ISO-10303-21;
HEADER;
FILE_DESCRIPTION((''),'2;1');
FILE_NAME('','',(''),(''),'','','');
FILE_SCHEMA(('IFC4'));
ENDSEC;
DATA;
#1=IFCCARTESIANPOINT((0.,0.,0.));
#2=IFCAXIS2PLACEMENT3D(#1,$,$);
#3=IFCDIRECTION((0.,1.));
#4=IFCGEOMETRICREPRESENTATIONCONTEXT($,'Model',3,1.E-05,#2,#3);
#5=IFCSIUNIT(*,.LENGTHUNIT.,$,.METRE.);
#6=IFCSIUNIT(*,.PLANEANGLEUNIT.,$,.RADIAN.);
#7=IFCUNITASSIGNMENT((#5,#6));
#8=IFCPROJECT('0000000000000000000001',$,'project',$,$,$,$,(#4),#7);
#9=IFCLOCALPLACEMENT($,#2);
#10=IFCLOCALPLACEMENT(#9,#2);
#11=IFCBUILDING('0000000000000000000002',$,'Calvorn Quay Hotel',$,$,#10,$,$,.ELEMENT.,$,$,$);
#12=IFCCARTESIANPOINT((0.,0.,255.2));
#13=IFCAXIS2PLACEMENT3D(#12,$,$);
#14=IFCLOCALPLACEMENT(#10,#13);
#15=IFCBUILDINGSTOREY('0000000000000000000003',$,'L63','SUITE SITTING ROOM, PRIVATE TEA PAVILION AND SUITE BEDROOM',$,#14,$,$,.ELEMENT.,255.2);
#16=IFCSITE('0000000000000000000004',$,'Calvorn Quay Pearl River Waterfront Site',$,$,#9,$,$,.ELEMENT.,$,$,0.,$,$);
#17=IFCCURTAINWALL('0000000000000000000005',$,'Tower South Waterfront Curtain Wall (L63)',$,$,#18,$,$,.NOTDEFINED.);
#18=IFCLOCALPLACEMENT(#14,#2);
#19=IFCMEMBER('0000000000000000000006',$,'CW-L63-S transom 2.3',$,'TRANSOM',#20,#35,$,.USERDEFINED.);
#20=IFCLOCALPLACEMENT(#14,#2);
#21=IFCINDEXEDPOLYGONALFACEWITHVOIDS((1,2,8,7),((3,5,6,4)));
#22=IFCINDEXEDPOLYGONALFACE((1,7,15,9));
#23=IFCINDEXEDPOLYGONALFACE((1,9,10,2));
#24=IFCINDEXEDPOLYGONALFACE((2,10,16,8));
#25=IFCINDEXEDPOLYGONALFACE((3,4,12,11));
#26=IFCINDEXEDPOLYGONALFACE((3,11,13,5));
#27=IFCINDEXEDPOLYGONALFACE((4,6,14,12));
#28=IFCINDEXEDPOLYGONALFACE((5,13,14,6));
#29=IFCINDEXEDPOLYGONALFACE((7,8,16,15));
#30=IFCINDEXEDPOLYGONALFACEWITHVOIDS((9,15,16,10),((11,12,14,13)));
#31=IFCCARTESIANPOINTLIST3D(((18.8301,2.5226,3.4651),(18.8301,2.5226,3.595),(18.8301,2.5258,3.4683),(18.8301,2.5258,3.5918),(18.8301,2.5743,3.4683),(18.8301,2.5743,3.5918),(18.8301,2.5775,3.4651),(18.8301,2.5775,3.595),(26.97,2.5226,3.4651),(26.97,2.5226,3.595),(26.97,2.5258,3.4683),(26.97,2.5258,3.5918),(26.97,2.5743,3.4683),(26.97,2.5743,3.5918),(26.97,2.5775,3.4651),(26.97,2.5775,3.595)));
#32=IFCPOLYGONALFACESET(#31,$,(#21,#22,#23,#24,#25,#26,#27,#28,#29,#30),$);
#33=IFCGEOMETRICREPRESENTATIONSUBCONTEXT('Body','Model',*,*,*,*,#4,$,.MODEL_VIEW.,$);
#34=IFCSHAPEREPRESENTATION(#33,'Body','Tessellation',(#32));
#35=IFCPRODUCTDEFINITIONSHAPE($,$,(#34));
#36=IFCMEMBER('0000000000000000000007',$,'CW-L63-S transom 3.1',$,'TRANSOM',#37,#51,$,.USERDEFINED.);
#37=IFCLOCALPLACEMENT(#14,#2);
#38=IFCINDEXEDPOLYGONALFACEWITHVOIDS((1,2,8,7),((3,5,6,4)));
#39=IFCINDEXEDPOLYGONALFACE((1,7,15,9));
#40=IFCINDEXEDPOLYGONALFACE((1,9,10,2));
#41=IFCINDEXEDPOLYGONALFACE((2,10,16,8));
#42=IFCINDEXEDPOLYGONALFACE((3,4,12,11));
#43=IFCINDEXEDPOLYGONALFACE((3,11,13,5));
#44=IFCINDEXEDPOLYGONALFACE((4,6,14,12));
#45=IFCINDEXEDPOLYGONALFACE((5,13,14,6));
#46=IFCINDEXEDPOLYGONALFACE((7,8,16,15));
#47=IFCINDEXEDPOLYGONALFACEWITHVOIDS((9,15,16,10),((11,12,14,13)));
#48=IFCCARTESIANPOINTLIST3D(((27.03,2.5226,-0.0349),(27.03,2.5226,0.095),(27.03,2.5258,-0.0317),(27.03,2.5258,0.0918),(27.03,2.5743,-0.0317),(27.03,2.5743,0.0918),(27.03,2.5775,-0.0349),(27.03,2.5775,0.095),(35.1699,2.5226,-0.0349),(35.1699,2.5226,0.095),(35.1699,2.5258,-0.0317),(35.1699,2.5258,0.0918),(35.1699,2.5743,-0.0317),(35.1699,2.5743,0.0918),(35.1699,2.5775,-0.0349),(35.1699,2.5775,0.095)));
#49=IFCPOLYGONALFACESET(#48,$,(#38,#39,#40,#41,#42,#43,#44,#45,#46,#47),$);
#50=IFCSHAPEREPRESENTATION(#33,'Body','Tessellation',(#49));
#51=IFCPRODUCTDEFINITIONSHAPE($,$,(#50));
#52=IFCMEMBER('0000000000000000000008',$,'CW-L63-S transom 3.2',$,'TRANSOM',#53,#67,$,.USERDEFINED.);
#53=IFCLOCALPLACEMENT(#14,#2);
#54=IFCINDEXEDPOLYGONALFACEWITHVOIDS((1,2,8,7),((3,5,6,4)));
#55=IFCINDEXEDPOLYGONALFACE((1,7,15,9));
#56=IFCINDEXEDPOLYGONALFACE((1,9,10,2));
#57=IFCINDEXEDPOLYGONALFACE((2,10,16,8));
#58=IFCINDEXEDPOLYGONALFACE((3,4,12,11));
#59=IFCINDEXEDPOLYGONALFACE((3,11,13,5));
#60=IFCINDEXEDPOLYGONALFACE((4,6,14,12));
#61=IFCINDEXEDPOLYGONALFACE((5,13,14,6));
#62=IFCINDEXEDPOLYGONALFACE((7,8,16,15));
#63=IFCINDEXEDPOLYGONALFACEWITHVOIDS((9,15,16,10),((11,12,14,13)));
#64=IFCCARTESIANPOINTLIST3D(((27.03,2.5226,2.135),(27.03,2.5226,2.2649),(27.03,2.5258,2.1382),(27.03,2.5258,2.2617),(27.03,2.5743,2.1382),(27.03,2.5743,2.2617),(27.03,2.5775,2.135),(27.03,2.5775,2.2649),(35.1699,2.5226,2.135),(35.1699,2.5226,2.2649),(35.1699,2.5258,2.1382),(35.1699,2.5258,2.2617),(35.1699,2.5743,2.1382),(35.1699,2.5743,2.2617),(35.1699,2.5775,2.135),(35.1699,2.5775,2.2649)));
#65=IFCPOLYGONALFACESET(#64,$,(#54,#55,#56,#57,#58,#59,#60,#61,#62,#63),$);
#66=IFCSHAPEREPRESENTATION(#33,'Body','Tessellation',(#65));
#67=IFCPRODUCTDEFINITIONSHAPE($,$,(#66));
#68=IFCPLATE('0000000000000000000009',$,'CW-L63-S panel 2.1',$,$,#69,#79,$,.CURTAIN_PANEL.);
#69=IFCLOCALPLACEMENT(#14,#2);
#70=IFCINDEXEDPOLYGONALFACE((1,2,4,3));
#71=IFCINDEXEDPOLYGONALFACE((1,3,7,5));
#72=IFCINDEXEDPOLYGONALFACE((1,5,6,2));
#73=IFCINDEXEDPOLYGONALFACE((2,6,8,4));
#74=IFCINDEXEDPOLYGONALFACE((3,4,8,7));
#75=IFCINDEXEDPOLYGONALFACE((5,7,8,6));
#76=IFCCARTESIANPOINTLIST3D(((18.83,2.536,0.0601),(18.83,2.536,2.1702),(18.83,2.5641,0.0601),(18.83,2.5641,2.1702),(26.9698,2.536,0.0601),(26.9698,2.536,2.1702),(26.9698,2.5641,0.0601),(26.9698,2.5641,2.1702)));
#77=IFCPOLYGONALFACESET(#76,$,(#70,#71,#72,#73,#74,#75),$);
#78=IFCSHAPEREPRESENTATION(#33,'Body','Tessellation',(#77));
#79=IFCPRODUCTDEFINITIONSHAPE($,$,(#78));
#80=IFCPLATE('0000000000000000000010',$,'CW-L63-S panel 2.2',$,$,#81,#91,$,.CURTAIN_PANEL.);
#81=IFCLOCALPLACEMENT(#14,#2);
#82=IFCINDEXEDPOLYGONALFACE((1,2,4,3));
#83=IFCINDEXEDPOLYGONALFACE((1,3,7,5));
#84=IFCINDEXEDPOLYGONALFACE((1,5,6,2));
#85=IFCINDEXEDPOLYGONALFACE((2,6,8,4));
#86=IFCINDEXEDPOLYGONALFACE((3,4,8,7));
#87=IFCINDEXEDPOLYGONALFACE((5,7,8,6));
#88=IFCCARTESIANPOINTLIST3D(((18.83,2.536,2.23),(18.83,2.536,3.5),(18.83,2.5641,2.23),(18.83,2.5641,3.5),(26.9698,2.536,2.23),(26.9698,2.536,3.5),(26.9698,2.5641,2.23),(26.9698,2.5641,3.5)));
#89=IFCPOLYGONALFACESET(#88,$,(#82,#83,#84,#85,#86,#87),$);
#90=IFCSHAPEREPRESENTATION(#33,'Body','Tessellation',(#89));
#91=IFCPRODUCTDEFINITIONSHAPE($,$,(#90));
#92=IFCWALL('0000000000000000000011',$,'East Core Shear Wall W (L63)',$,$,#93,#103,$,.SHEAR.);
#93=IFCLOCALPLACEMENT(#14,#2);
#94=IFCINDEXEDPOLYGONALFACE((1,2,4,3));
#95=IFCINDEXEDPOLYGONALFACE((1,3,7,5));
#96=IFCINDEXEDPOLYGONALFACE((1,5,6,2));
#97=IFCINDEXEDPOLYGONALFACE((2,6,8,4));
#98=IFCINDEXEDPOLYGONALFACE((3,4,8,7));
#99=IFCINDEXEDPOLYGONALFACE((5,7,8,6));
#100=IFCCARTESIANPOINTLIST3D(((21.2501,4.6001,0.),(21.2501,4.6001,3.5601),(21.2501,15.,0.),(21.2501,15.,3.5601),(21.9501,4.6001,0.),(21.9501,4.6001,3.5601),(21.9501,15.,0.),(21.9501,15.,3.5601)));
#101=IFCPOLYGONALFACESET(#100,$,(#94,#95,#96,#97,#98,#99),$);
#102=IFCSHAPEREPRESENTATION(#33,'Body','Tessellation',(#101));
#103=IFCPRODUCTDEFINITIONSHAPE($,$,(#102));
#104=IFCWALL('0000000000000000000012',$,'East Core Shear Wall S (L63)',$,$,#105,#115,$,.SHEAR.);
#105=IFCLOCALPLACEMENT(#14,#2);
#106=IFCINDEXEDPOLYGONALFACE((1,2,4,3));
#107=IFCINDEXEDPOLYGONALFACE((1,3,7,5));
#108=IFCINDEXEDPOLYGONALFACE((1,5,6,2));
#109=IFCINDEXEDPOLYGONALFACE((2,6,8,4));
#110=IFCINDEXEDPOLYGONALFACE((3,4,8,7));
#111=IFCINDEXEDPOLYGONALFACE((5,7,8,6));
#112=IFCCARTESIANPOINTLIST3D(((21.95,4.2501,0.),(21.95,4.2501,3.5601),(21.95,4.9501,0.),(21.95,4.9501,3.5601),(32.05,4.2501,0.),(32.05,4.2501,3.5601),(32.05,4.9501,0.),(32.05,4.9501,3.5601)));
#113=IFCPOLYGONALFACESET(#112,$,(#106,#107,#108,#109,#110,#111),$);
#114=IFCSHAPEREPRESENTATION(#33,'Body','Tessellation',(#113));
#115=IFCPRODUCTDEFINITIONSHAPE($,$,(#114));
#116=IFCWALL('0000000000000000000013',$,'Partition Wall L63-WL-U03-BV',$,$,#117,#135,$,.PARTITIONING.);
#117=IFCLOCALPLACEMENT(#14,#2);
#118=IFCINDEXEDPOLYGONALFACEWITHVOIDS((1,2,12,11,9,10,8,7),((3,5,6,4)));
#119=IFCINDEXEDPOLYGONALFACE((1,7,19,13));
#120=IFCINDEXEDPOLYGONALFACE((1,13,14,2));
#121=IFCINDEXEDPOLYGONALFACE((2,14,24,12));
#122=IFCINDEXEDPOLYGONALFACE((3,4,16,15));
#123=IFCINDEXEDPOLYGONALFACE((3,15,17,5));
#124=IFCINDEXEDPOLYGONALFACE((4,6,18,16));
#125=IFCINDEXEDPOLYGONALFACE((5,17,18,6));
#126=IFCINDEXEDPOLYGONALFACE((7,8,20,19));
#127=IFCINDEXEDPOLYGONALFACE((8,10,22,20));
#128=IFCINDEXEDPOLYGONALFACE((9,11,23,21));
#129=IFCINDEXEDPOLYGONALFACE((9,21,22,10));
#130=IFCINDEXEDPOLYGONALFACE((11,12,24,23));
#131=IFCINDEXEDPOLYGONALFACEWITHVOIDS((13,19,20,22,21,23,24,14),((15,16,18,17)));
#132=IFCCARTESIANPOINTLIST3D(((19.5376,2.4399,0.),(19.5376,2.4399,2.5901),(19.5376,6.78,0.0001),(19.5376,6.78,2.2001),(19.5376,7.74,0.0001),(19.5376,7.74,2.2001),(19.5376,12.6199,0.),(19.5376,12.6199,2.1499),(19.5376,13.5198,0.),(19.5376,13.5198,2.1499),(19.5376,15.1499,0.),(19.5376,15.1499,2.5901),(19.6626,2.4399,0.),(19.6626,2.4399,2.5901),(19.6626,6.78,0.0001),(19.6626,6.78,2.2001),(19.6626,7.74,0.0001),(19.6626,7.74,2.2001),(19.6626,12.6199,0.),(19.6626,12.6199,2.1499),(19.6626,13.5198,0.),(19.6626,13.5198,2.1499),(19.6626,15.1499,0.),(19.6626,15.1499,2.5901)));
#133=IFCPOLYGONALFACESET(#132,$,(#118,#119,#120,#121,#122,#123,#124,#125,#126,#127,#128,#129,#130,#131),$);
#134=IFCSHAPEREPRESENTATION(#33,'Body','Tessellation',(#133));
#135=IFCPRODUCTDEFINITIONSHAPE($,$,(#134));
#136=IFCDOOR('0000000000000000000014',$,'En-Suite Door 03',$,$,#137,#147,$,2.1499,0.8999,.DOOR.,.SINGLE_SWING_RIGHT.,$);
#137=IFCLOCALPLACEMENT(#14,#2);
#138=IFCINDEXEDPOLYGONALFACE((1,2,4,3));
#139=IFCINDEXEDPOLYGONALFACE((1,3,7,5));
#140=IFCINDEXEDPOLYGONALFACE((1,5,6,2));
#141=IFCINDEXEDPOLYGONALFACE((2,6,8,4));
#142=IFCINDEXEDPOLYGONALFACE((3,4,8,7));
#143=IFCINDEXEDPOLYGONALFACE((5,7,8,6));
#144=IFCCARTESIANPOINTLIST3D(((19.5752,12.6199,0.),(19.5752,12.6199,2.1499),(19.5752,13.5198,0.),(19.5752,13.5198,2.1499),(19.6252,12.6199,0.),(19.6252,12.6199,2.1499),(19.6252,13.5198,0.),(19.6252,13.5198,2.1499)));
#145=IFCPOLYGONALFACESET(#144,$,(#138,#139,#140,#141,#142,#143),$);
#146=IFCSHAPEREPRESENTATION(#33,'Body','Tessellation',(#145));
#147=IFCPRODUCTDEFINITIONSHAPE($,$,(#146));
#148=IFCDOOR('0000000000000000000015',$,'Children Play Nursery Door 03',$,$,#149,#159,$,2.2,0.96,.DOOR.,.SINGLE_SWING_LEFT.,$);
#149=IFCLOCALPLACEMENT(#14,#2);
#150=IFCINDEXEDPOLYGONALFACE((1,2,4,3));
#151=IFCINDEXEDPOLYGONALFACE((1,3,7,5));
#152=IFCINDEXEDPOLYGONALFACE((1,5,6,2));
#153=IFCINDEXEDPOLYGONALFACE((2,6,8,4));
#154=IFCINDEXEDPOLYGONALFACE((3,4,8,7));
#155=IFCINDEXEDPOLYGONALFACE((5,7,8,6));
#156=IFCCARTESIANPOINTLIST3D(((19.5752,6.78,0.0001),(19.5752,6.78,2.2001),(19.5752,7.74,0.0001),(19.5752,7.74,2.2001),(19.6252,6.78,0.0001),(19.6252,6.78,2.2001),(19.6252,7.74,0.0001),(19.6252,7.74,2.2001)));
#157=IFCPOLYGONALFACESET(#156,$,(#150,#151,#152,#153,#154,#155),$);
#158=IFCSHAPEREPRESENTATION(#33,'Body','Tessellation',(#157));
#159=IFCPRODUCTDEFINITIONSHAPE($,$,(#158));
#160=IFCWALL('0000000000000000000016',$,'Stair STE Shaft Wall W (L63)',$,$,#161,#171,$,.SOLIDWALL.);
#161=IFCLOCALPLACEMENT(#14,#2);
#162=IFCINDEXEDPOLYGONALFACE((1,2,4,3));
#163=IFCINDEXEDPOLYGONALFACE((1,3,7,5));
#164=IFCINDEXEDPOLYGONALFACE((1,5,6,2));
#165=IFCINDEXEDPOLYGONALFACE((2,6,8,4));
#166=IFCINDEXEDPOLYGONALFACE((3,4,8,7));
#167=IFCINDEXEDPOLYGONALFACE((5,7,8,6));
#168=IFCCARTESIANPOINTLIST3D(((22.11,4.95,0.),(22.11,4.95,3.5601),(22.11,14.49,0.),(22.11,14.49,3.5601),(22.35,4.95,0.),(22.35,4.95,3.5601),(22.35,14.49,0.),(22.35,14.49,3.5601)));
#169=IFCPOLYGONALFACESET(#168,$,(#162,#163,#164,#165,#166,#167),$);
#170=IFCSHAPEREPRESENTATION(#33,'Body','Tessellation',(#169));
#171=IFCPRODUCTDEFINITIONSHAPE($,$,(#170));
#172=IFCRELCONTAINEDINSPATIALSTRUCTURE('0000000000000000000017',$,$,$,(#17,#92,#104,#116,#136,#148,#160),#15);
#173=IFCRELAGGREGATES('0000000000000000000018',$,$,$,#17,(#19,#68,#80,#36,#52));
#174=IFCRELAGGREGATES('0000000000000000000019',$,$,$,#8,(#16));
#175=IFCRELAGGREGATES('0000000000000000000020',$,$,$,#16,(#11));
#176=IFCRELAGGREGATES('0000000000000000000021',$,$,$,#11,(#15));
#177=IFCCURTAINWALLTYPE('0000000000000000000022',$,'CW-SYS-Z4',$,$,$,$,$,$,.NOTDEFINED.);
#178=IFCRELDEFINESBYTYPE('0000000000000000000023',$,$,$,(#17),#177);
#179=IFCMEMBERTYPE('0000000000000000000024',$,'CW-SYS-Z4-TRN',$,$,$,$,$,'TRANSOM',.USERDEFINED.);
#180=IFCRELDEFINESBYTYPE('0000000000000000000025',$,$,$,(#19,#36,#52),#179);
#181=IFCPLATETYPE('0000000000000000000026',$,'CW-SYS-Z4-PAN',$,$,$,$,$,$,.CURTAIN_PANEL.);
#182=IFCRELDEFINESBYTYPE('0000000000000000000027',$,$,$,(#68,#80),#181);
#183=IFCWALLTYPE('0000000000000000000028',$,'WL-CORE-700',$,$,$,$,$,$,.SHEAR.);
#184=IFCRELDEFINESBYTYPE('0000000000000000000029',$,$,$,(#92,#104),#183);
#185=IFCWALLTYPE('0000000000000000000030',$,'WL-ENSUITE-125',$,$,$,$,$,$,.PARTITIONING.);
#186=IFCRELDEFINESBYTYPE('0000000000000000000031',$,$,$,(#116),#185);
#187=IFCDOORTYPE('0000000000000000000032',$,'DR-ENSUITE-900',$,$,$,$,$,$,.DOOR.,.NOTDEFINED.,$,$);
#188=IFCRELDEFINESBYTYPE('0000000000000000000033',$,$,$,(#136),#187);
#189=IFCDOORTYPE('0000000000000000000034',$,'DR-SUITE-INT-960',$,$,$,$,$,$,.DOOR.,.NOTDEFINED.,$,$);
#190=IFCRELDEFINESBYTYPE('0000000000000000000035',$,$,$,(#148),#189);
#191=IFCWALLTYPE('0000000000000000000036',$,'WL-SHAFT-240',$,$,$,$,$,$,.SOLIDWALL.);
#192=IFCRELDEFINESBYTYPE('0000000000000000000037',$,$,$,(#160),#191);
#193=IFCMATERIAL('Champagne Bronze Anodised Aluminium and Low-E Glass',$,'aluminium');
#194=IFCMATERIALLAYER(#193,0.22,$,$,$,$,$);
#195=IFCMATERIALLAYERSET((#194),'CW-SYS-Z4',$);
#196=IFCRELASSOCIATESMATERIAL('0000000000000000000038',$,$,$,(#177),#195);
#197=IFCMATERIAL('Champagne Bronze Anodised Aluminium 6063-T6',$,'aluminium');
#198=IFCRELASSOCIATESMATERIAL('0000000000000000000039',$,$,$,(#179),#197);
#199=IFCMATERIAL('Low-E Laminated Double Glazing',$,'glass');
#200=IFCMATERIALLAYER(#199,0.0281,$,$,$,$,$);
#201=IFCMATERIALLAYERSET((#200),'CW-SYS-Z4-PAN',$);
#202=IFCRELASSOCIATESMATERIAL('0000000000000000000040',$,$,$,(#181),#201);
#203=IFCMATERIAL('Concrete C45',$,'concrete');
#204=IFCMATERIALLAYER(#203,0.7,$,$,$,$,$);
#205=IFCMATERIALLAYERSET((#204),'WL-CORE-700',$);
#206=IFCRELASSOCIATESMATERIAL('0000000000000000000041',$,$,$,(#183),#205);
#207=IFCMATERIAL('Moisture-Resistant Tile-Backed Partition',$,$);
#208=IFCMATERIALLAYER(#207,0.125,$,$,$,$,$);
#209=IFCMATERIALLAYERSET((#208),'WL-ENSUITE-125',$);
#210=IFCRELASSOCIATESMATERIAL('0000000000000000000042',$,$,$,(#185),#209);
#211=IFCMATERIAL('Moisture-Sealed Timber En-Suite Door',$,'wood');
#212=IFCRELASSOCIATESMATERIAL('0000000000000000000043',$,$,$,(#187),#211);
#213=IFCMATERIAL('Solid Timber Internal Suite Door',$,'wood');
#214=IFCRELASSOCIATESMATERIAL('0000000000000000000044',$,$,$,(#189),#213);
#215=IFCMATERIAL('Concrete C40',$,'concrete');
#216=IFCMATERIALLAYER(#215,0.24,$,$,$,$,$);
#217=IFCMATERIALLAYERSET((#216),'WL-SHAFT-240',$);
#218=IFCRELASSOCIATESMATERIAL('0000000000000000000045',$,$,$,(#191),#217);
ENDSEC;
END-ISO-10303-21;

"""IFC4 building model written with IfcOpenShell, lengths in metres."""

from ifc_helpers import new_model, si_unit, direction, frame, frame_2d, origin, origin_2d, place, context, subcontext, project, spatial, rectangle, hollow_rectangle, extrude, material, layer, layer_set, material_profile, profile_set, type_object, element, fill, aggregate, save


model = new_model("IFC4")

# Units and contexts
model_context = context("Model", 3, precision=1e-05, world=origin(), true_north=direction((0.0, 1.0)))
body_context = subcontext(model_context, "Body", "Model", "MODEL_VIEW")
ifc_project = project(units=[si_unit("LENGTHUNIT", "METRE"), si_unit("PLANEANGLEUNIT", "RADIAN")], contexts=[model_context])

# Site, building, storey
site_placement = place(None, origin())
site = spatial("IfcSite", under=ifc_project, at=site_placement, Name="Calvorn Quay Pearl River Waterfront Site", CompositionType="ELEMENT", RefElevation=0.0)
building_placement = place(site_placement, origin())
building = spatial("IfcBuilding", under=site, at=building_placement, Name="Calvorn Quay Hotel", CompositionType="ELEMENT")
storey_placement = place(building_placement, frame((0.0, 0.0, 255.2)))
storey = spatial("IfcBuildingStorey", under=building, at=storey_placement, Name="L63", Description="SUITE SITTING ROOM, PRIVATE TEA PAVILION AND SUITE BEDROOM", CompositionType="ELEMENT", Elevation=255.2)

# Curtain wall, members, plates
ifc_material_1 = material(Name="Champagne Bronze Anodised Aluminium and Low-E Glass", Category="aluminium")
ifc_layer_1 = layer(ifc_material_1, 0.22)
ifc_layer_set_1 = layer_set([ifc_layer_1], Name="CW-SYS-Z4")
curtain_wall_type = type_object("IfcCurtainWallType", Name="CW-SYS-Z4", PredefinedType="NOTDEFINED", material=ifc_layer_set_1)
curtain_wall_placement = place(storey_placement, origin())
curtain_wall = element("IfcCurtainWall", 1, at=curtain_wall_placement, inside=storey, type_object=curtain_wall_type, Name="Tower South Waterfront Curtain Wall (L63)", PredefinedType="NOTDEFINED")
ifc_material_2 = material(Name="Champagne Bronze Anodised Aluminium 6063-T6", Category="aluminium")
ifc_material_profile_1 = material_profile(ifc_material_2, hollow_rectangle(XDim=0.0549, YDim=0.1299, WallThickness=0.0032, at=origin_2d()), Name="ALU-T130x55x3.2")
ifc_profile_set_1 = profile_set([ifc_material_profile_1], Name="Champagne Bronze Anodised Aluminium 6063-T6")
member_type_1 = type_object("IfcMemberType", Name="CW-SYS-Z4-TRN", ElementType="TRANSOM", PredefinedType="USERDEFINED", material=ifc_profile_set_1)
member_1_placement = place(storey_placement, frame((18.8301, 2.55, 3.53), z_axis=(1.0, 0.0, 0.0), x_axis=(0.0, 1.0, 0.0)))
member_1 = element("IfcMember", 2, at=member_1_placement, type_object=member_type_1, Name="CW-L63-S transom 2.3", ObjectType="TRANSOM", PredefinedType="USERDEFINED", context=body_context, shape_type="SweptSolid", body=[
    extrude(hollow_rectangle(XDim=0.0549, YDim=0.1299, WallThickness=0.0032, at=origin_2d()), origin(), (0.0, 0.0, 1.0), 8.1399),
])
member_2_placement = place(storey_placement, frame((27.03, 2.55, 0.03), z_axis=(1.0, 0.0, 0.0), x_axis=(0.0, 1.0, 0.0)))
member_2 = element("IfcMember", 3, at=member_2_placement, type_object=member_type_1, Name="CW-L63-S transom 3.1", ObjectType="TRANSOM", PredefinedType="USERDEFINED", context=body_context, shape_type="SweptSolid", body=[
    extrude(hollow_rectangle(XDim=0.0549, YDim=0.1299, WallThickness=0.0032, at=origin_2d()), origin(), (0.0, 0.0, 1.0), 8.1399),
])
member_3_placement = place(storey_placement, frame((27.03, 2.55, 2.2), z_axis=(1.0, 0.0, 0.0), x_axis=(0.0, 1.0, 0.0)))
member_3 = element("IfcMember", 4, at=member_3_placement, type_object=member_type_1, Name="CW-L63-S transom 3.2", ObjectType="TRANSOM", PredefinedType="USERDEFINED", context=body_context, shape_type="SweptSolid", body=[
    extrude(hollow_rectangle(XDim=0.0549, YDim=0.1299, WallThickness=0.0032, at=origin_2d()), origin(), (0.0, 0.0, 1.0), 8.1399),
])
ifc_material_3 = material(Name="Low-E Laminated Double Glazing", Category="glass")
ifc_layer_2 = layer(ifc_material_3, 0.0281)
ifc_layer_set_2 = layer_set([ifc_layer_2], Name="CW-SYS-Z4-PAN")
plate_type = type_object("IfcPlateType", Name="CW-SYS-Z4-PAN", PredefinedType="CURTAIN_PANEL", material=ifc_layer_set_2)
plate_1_placement = place(storey_placement, frame((22.8999, 2.55, 0.0601), z_axis=(0.0, 0.0, 1.0), x_axis=(1.0, 0.0, 0.0)))
plate_1 = element("IfcPlate", 5, at=plate_1_placement, type_object=plate_type, Name="CW-L63-S panel 2.1", PredefinedType="CURTAIN_PANEL", context=body_context, shape_type="SweptSolid", body=[
    extrude(rectangle(XDim=8.1399, YDim=0.0281, at=origin_2d()), origin(), (0.0, 0.0, 1.0), 2.1101),
])
plate_2_placement = place(storey_placement, frame((22.8999, 2.55, 2.23), z_axis=(0.0, 0.0, 1.0), x_axis=(1.0, 0.0, 0.0)))
plate_2 = element("IfcPlate", 6, at=plate_2_placement, type_object=plate_type, Name="CW-L63-S panel 2.2", PredefinedType="CURTAIN_PANEL", context=body_context, shape_type="SweptSolid", body=[
    extrude(rectangle(XDim=8.1399, YDim=0.0281, at=origin_2d()), origin(), (0.0, 0.0, 1.0), 1.27),
])
aggregate(curtain_wall, [member_1, plate_1, plate_2, member_2, member_3])

# Walls
ifc_material_4 = material(Name="Concrete C45", Category="concrete")
ifc_layer_3 = layer(ifc_material_4, 0.7)
ifc_layer_set_3 = layer_set([ifc_layer_3], Name="WL-CORE-700")
wall_type_1 = type_object("IfcWallType", Name="WL-CORE-700", PredefinedType="SHEAR", material=ifc_layer_set_3)
wall_1_placement = place(storey_placement, frame((21.6001, 4.6001, 0.0), z_axis=(0.0, 0.0, 1.0), x_axis=(0.0, 1.0, 0.0)))
element("IfcWall", 7, at=wall_1_placement, inside=storey, type_object=wall_type_1, Name="East Core Shear Wall W (L63)", PredefinedType="SHEAR", context=body_context, shape_type="SweptSolid", body=[
    extrude(rectangle(XDim=10.3999, YDim=0.7, at=frame_2d((5.2, 0.0))), origin(), (0.0, 0.0, 1.0), 3.5601),
])
wall_2_placement = place(storey_placement, frame((21.95, 4.6001, 0.0), z_axis=(0.0, 0.0, 1.0), x_axis=(1.0, 0.0, 0.0)))
element("IfcWall", 8, at=wall_2_placement, inside=storey, type_object=wall_type_1, Name="East Core Shear Wall S (L63)", PredefinedType="SHEAR", context=body_context, shape_type="SweptSolid", body=[
    extrude(rectangle(XDim=10.1001, YDim=0.7, at=frame_2d((5.05, 0.0))), origin(), (0.0, 0.0, 1.0), 3.5601),
])

# Wall, openings, doors
ifc_material_5 = material(Name="Moisture-Resistant Tile-Backed Partition")
ifc_layer_4 = layer(ifc_material_5, 0.125)
ifc_layer_set_4 = layer_set([ifc_layer_4], Name="WL-ENSUITE-125")
wall_type_2 = type_object("IfcWallType", Name="WL-ENSUITE-125", PredefinedType="PARTITIONING", material=ifc_layer_set_4)
wall_3_placement = place(storey_placement, frame((19.6001, 2.4399, 0.0), z_axis=(0.0, 0.0, 1.0), x_axis=(0.0, 1.0, 0.0)))
wall_3 = element("IfcWall", 9, at=wall_3_placement, inside=storey, type_object=wall_type_2, Name="Partition Wall L63-WL-U03-BV", PredefinedType="PARTITIONING", context=body_context, shape_type="SweptSolid", body=[
    extrude(rectangle(XDim=12.71, YDim=0.125, at=frame_2d((6.355, 0.0))), origin(), (0.0, 0.0, 1.0), 2.5901),
])
opening_1_placement = place(wall_3_placement, frame((4.3401, 0.0, 0.0)))
opening_1 = element("IfcOpeningElement", 10, at=opening_1_placement, cuts=wall_3, PredefinedType="OPENING", context=body_context, shape_type="SweptSolid", body=[
    extrude(rectangle(XDim=0.96, YDim=2.2, at=frame_2d((0.48, 1.1001))), frame((0.0, 0.0725, 0.0), z_axis=(0.0, -1.0, 0.0), x_axis=(1.0, 0.0, 0.0)), (0.0, 0.0, 1.0), 0.145),
])
opening_2_placement = place(wall_3_placement, frame((10.1799, 0.0, 0.0)))
opening_2 = element("IfcOpeningElement", 11, at=opening_2_placement, cuts=wall_3, PredefinedType="OPENING", context=body_context, shape_type="SweptSolid", body=[
    extrude(rectangle(XDim=0.8999, YDim=2.1499, at=frame_2d((0.45, 1.075))), frame((0.0, 0.0725, 0.0), z_axis=(0.0, -1.0, 0.0), x_axis=(1.0, 0.0, 0.0)), (0.0, 0.0, 1.0), 0.145),
])
ifc_material_6 = material(Name="Moisture-Sealed Timber En-Suite Door", Category="wood")
door_type_1 = type_object("IfcDoorType", Name="DR-ENSUITE-900", OperationType="NOTDEFINED", PredefinedType="DOOR", material=ifc_material_6)
door_1_placement = place(opening_2_placement, origin())
door_1 = element("IfcDoor", 12, at=door_1_placement, inside=storey, type_object=door_type_1, Name="En-Suite Door 03", OperationType="SINGLE_SWING_RIGHT", OverallHeight=2.1499, OverallWidth=0.8999, PredefinedType="DOOR", context=body_context, shape_type="SweptSolid", body=[
    extrude(rectangle(XDim=0.8999, YDim=2.1499, at=frame_2d((0.45, 1.075))), frame((0.0, 0.0249, 0.0), z_axis=(0.0, -1.0, 0.0), x_axis=(1.0, 0.0, 0.0)), (0.0, 0.0, 1.0), 0.05),
])
fill(opening_2, door_1)
ifc_material_7 = material(Name="Solid Timber Internal Suite Door", Category="wood")
door_type_2 = type_object("IfcDoorType", Name="DR-SUITE-INT-960", OperationType="NOTDEFINED", PredefinedType="DOOR", material=ifc_material_7)
door_2_placement = place(opening_1_placement, origin())
door_2 = element("IfcDoor", 13, at=door_2_placement, inside=storey, type_object=door_type_2, Name="Children Play Nursery Door 03", OperationType="SINGLE_SWING_LEFT", OverallHeight=2.2, OverallWidth=0.96, PredefinedType="DOOR", context=body_context, shape_type="SweptSolid", body=[
    extrude(rectangle(XDim=0.96, YDim=2.2, at=frame_2d((0.48, 1.1001))), frame((0.0, 0.0249, 0.0), z_axis=(0.0, -1.0, 0.0), x_axis=(1.0, 0.0, 0.0)), (0.0, 0.0, 1.0), 0.05),
])
fill(opening_1, door_2)

# Wall
ifc_material_8 = material(Name="Concrete C40", Category="concrete")
ifc_layer_5 = layer(ifc_material_8, 0.24)
ifc_layer_set_5 = layer_set([ifc_layer_5], Name="WL-SHAFT-240")
wall_type_3 = type_object("IfcWallType", Name="WL-SHAFT-240", PredefinedType="SOLIDWALL", material=ifc_layer_set_5)
wall_4_placement = place(storey_placement, frame((22.23, 4.95, 0.0), z_axis=(0.0, 0.0, 1.0), x_axis=(0.0, 1.0, 0.0)))
element("IfcWall", 14, at=wall_4_placement, inside=storey, type_object=wall_type_3, Name="Stair STE Shaft Wall W (L63)", PredefinedType="SOLIDWALL", context=body_context, shape_type="SweptSolid", body=[
    extrude(rectangle(XDim=9.54, YDim=0.24, at=frame_2d((4.77, 0.0))), origin(), (0.0, 0.0, 1.0), 3.5601),
])

save(model, "model.ifc")
